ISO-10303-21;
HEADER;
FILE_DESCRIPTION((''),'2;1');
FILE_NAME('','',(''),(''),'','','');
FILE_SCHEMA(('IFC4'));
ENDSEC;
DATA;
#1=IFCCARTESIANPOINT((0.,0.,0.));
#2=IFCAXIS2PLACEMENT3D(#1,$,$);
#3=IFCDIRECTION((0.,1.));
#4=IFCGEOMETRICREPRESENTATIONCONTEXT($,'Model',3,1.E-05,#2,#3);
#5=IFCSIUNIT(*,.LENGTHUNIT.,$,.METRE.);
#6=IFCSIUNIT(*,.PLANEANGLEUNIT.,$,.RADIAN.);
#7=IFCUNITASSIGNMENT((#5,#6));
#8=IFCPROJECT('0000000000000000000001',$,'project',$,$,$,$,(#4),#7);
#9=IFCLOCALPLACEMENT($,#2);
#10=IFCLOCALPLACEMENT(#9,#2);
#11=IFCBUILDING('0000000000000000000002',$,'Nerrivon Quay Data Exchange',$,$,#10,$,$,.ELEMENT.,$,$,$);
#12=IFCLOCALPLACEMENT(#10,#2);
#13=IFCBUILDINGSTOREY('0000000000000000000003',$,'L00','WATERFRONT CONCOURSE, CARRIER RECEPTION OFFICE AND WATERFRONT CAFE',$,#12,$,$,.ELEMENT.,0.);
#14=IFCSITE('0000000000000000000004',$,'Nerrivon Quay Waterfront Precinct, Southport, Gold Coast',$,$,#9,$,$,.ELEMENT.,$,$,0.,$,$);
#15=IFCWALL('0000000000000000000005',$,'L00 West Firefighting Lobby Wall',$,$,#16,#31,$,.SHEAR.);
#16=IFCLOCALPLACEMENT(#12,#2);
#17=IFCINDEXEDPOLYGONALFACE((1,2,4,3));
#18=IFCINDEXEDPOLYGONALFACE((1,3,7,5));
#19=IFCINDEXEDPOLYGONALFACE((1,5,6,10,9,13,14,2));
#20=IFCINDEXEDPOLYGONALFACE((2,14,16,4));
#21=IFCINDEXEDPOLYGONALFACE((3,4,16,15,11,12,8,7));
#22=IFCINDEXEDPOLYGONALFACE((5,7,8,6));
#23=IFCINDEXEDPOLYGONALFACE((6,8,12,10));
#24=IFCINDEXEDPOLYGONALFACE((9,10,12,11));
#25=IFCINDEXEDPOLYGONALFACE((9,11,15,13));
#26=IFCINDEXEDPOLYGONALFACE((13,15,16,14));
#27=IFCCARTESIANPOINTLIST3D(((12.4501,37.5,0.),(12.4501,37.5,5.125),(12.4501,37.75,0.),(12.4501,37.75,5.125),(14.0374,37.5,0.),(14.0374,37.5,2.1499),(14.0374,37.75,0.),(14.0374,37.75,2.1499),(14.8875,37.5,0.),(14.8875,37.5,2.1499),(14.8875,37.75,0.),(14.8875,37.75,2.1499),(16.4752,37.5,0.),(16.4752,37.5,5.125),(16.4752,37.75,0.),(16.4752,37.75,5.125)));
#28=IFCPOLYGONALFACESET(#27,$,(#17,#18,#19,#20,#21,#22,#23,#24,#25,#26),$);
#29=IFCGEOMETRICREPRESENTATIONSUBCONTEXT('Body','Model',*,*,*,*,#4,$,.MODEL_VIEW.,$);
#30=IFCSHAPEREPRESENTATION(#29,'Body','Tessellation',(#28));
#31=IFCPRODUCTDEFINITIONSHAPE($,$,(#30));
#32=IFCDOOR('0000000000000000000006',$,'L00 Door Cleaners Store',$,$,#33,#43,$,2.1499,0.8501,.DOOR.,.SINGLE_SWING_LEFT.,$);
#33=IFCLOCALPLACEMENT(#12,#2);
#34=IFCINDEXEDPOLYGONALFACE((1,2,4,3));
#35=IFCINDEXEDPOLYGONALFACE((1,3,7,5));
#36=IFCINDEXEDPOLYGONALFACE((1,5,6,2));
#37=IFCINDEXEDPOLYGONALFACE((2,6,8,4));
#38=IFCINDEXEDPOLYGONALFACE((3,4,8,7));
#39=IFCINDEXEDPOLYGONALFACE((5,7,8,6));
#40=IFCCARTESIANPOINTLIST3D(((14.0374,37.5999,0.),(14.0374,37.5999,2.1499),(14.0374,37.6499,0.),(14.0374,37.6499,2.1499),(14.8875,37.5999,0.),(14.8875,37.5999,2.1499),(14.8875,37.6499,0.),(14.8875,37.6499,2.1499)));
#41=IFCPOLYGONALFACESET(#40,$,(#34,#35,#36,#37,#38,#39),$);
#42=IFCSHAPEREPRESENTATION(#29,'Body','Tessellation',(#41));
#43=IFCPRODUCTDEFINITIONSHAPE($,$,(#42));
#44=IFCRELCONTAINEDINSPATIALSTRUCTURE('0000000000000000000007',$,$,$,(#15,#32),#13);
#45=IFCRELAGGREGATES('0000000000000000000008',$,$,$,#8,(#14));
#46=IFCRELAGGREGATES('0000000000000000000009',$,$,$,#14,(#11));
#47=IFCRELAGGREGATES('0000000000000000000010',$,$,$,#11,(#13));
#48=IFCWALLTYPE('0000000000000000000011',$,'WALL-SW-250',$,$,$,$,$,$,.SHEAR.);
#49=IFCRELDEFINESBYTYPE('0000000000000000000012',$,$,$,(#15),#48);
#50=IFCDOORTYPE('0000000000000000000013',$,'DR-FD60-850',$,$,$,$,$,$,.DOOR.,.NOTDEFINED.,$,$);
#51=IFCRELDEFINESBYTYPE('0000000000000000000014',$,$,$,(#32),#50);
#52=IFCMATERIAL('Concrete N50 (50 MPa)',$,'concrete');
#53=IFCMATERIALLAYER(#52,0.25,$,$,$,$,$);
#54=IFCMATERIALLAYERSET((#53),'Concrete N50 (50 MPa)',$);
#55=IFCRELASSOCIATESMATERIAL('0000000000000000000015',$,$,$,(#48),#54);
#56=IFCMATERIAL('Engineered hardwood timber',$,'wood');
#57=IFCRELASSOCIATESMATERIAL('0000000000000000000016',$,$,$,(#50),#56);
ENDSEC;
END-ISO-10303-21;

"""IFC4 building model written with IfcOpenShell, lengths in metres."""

from ifc_helpers import new_model, si_unit, direction, frame, frame_2d, origin, place, context, subcontext, project, spatial, rectangle, extrude, material, layer, layer_set, type_object, element, fill, save


model = new_model("IFC4")

# Units and contexts
model_context = context("Model", 3, precision=1e-05, world=origin(), true_north=direction((0.0, 1.0)))
body_context = subcontext(model_context, "Body", "Model", "MODEL_VIEW")
ifc_project = project(units=[si_unit("LENGTHUNIT", "METRE"), si_unit("PLANEANGLEUNIT", "RADIAN")], contexts=[model_context])

# Site, building, storey
site_placement = place(None, origin())
site = spatial("IfcSite", under=ifc_project, at=site_placement, Name="Nerrivon Quay Waterfront Precinct, Southport, Gold Coast", CompositionType="ELEMENT", RefElevation=0.0)
building_placement = place(site_placement, origin())
building = spatial("IfcBuilding", under=site, at=building_placement, Name="Nerrivon Quay Data Exchange", CompositionType="ELEMENT")
storey_placement = place(building_placement, origin())
storey = spatial("IfcBuildingStorey", under=building, at=storey_placement, Name="L00", Description="WATERFRONT CONCOURSE, CARRIER RECEPTION OFFICE AND WATERFRONT CAFE", CompositionType="ELEMENT", Elevation=0.0)

# Shared definitions
ifc_material_1 = material(Name="Engineered hardwood timber", Category="wood")

# Shared definitions
ifc_material_2 = material(Name="Concrete N50 (50 MPa)", Category="concrete")
ifc_layer_1 = layer(ifc_material_2, 0.25)
ifc_layer_set_1 = layer_set([ifc_layer_1], Name="Concrete N50 (50 MPa)")
wall_type_1 = type_object("IfcWallType", Name="WALL-SW-250", PredefinedType="SHEAR", material=ifc_layer_set_1)

# Wall, opening, door
wall_1_placement = place(storey_placement, frame((12.45, 37.625, 0.0), z_axis=(0.0, 0.0, 1.0), x_axis=(1.0, 0.0, 0.0)))
wall_1 = element("IfcWall", 1, at=wall_1_placement, inside=storey, type_object=wall_type_1, Name="L00 West Firefighting Lobby Wall", PredefinedType="SHEAR", context=body_context, shape_type="SweptSolid", body=[
    extrude(rectangle(XDim=4.0251, YDim=0.25, at=frame_2d((2.0127, 0.0))), origin(), (0.0, 0.0, 1.0), 5.125),
])
opening_1_placement = place(wall_1_placement, frame((1.5874, 0.0, 0.0)))
opening_1 = element("IfcOpeningElement", 2, at=opening_1_placement, cuts=wall_1, PredefinedType="OPENING", context=body_context, shape_type="SweptSolid", body=[
    extrude(rectangle(XDim=0.8501, YDim=2.1499, at=frame_2d((0.425, 1.075))), frame((0.0, 0.135, 0.0), z_axis=(0.0, -1.0, 0.0), x_axis=(1.0, 0.0, 0.0)), (0.0, 0.0, 1.0), 0.27),
])
door_type_1 = type_object("IfcDoorType", Name="DR-FD60-850", OperationType="NOTDEFINED", PredefinedType="DOOR", material=ifc_material_1)
door_1_placement = place(opening_1_placement, origin())
door_1 = element("IfcDoor", 3, at=door_1_placement, inside=storey, type_object=door_type_1, Name="L00 Door Cleaners Store", OperationType="SINGLE_SWING_LEFT", OverallHeight=2.1499, OverallWidth=0.8501, PredefinedType="DOOR", context=body_context, shape_type="SweptSolid", body=[
    extrude(rectangle(XDim=0.8501, YDim=2.1499, at=frame_2d((0.425, 1.075))), frame((0.0, 0.0249, 0.0), z_axis=(0.0, -1.0, 0.0), x_axis=(1.0, 0.0, 0.0)), (0.0, 0.0, 1.0), 0.05),
])
fill(opening_1, door_1)

save(model, "model.ifc")
